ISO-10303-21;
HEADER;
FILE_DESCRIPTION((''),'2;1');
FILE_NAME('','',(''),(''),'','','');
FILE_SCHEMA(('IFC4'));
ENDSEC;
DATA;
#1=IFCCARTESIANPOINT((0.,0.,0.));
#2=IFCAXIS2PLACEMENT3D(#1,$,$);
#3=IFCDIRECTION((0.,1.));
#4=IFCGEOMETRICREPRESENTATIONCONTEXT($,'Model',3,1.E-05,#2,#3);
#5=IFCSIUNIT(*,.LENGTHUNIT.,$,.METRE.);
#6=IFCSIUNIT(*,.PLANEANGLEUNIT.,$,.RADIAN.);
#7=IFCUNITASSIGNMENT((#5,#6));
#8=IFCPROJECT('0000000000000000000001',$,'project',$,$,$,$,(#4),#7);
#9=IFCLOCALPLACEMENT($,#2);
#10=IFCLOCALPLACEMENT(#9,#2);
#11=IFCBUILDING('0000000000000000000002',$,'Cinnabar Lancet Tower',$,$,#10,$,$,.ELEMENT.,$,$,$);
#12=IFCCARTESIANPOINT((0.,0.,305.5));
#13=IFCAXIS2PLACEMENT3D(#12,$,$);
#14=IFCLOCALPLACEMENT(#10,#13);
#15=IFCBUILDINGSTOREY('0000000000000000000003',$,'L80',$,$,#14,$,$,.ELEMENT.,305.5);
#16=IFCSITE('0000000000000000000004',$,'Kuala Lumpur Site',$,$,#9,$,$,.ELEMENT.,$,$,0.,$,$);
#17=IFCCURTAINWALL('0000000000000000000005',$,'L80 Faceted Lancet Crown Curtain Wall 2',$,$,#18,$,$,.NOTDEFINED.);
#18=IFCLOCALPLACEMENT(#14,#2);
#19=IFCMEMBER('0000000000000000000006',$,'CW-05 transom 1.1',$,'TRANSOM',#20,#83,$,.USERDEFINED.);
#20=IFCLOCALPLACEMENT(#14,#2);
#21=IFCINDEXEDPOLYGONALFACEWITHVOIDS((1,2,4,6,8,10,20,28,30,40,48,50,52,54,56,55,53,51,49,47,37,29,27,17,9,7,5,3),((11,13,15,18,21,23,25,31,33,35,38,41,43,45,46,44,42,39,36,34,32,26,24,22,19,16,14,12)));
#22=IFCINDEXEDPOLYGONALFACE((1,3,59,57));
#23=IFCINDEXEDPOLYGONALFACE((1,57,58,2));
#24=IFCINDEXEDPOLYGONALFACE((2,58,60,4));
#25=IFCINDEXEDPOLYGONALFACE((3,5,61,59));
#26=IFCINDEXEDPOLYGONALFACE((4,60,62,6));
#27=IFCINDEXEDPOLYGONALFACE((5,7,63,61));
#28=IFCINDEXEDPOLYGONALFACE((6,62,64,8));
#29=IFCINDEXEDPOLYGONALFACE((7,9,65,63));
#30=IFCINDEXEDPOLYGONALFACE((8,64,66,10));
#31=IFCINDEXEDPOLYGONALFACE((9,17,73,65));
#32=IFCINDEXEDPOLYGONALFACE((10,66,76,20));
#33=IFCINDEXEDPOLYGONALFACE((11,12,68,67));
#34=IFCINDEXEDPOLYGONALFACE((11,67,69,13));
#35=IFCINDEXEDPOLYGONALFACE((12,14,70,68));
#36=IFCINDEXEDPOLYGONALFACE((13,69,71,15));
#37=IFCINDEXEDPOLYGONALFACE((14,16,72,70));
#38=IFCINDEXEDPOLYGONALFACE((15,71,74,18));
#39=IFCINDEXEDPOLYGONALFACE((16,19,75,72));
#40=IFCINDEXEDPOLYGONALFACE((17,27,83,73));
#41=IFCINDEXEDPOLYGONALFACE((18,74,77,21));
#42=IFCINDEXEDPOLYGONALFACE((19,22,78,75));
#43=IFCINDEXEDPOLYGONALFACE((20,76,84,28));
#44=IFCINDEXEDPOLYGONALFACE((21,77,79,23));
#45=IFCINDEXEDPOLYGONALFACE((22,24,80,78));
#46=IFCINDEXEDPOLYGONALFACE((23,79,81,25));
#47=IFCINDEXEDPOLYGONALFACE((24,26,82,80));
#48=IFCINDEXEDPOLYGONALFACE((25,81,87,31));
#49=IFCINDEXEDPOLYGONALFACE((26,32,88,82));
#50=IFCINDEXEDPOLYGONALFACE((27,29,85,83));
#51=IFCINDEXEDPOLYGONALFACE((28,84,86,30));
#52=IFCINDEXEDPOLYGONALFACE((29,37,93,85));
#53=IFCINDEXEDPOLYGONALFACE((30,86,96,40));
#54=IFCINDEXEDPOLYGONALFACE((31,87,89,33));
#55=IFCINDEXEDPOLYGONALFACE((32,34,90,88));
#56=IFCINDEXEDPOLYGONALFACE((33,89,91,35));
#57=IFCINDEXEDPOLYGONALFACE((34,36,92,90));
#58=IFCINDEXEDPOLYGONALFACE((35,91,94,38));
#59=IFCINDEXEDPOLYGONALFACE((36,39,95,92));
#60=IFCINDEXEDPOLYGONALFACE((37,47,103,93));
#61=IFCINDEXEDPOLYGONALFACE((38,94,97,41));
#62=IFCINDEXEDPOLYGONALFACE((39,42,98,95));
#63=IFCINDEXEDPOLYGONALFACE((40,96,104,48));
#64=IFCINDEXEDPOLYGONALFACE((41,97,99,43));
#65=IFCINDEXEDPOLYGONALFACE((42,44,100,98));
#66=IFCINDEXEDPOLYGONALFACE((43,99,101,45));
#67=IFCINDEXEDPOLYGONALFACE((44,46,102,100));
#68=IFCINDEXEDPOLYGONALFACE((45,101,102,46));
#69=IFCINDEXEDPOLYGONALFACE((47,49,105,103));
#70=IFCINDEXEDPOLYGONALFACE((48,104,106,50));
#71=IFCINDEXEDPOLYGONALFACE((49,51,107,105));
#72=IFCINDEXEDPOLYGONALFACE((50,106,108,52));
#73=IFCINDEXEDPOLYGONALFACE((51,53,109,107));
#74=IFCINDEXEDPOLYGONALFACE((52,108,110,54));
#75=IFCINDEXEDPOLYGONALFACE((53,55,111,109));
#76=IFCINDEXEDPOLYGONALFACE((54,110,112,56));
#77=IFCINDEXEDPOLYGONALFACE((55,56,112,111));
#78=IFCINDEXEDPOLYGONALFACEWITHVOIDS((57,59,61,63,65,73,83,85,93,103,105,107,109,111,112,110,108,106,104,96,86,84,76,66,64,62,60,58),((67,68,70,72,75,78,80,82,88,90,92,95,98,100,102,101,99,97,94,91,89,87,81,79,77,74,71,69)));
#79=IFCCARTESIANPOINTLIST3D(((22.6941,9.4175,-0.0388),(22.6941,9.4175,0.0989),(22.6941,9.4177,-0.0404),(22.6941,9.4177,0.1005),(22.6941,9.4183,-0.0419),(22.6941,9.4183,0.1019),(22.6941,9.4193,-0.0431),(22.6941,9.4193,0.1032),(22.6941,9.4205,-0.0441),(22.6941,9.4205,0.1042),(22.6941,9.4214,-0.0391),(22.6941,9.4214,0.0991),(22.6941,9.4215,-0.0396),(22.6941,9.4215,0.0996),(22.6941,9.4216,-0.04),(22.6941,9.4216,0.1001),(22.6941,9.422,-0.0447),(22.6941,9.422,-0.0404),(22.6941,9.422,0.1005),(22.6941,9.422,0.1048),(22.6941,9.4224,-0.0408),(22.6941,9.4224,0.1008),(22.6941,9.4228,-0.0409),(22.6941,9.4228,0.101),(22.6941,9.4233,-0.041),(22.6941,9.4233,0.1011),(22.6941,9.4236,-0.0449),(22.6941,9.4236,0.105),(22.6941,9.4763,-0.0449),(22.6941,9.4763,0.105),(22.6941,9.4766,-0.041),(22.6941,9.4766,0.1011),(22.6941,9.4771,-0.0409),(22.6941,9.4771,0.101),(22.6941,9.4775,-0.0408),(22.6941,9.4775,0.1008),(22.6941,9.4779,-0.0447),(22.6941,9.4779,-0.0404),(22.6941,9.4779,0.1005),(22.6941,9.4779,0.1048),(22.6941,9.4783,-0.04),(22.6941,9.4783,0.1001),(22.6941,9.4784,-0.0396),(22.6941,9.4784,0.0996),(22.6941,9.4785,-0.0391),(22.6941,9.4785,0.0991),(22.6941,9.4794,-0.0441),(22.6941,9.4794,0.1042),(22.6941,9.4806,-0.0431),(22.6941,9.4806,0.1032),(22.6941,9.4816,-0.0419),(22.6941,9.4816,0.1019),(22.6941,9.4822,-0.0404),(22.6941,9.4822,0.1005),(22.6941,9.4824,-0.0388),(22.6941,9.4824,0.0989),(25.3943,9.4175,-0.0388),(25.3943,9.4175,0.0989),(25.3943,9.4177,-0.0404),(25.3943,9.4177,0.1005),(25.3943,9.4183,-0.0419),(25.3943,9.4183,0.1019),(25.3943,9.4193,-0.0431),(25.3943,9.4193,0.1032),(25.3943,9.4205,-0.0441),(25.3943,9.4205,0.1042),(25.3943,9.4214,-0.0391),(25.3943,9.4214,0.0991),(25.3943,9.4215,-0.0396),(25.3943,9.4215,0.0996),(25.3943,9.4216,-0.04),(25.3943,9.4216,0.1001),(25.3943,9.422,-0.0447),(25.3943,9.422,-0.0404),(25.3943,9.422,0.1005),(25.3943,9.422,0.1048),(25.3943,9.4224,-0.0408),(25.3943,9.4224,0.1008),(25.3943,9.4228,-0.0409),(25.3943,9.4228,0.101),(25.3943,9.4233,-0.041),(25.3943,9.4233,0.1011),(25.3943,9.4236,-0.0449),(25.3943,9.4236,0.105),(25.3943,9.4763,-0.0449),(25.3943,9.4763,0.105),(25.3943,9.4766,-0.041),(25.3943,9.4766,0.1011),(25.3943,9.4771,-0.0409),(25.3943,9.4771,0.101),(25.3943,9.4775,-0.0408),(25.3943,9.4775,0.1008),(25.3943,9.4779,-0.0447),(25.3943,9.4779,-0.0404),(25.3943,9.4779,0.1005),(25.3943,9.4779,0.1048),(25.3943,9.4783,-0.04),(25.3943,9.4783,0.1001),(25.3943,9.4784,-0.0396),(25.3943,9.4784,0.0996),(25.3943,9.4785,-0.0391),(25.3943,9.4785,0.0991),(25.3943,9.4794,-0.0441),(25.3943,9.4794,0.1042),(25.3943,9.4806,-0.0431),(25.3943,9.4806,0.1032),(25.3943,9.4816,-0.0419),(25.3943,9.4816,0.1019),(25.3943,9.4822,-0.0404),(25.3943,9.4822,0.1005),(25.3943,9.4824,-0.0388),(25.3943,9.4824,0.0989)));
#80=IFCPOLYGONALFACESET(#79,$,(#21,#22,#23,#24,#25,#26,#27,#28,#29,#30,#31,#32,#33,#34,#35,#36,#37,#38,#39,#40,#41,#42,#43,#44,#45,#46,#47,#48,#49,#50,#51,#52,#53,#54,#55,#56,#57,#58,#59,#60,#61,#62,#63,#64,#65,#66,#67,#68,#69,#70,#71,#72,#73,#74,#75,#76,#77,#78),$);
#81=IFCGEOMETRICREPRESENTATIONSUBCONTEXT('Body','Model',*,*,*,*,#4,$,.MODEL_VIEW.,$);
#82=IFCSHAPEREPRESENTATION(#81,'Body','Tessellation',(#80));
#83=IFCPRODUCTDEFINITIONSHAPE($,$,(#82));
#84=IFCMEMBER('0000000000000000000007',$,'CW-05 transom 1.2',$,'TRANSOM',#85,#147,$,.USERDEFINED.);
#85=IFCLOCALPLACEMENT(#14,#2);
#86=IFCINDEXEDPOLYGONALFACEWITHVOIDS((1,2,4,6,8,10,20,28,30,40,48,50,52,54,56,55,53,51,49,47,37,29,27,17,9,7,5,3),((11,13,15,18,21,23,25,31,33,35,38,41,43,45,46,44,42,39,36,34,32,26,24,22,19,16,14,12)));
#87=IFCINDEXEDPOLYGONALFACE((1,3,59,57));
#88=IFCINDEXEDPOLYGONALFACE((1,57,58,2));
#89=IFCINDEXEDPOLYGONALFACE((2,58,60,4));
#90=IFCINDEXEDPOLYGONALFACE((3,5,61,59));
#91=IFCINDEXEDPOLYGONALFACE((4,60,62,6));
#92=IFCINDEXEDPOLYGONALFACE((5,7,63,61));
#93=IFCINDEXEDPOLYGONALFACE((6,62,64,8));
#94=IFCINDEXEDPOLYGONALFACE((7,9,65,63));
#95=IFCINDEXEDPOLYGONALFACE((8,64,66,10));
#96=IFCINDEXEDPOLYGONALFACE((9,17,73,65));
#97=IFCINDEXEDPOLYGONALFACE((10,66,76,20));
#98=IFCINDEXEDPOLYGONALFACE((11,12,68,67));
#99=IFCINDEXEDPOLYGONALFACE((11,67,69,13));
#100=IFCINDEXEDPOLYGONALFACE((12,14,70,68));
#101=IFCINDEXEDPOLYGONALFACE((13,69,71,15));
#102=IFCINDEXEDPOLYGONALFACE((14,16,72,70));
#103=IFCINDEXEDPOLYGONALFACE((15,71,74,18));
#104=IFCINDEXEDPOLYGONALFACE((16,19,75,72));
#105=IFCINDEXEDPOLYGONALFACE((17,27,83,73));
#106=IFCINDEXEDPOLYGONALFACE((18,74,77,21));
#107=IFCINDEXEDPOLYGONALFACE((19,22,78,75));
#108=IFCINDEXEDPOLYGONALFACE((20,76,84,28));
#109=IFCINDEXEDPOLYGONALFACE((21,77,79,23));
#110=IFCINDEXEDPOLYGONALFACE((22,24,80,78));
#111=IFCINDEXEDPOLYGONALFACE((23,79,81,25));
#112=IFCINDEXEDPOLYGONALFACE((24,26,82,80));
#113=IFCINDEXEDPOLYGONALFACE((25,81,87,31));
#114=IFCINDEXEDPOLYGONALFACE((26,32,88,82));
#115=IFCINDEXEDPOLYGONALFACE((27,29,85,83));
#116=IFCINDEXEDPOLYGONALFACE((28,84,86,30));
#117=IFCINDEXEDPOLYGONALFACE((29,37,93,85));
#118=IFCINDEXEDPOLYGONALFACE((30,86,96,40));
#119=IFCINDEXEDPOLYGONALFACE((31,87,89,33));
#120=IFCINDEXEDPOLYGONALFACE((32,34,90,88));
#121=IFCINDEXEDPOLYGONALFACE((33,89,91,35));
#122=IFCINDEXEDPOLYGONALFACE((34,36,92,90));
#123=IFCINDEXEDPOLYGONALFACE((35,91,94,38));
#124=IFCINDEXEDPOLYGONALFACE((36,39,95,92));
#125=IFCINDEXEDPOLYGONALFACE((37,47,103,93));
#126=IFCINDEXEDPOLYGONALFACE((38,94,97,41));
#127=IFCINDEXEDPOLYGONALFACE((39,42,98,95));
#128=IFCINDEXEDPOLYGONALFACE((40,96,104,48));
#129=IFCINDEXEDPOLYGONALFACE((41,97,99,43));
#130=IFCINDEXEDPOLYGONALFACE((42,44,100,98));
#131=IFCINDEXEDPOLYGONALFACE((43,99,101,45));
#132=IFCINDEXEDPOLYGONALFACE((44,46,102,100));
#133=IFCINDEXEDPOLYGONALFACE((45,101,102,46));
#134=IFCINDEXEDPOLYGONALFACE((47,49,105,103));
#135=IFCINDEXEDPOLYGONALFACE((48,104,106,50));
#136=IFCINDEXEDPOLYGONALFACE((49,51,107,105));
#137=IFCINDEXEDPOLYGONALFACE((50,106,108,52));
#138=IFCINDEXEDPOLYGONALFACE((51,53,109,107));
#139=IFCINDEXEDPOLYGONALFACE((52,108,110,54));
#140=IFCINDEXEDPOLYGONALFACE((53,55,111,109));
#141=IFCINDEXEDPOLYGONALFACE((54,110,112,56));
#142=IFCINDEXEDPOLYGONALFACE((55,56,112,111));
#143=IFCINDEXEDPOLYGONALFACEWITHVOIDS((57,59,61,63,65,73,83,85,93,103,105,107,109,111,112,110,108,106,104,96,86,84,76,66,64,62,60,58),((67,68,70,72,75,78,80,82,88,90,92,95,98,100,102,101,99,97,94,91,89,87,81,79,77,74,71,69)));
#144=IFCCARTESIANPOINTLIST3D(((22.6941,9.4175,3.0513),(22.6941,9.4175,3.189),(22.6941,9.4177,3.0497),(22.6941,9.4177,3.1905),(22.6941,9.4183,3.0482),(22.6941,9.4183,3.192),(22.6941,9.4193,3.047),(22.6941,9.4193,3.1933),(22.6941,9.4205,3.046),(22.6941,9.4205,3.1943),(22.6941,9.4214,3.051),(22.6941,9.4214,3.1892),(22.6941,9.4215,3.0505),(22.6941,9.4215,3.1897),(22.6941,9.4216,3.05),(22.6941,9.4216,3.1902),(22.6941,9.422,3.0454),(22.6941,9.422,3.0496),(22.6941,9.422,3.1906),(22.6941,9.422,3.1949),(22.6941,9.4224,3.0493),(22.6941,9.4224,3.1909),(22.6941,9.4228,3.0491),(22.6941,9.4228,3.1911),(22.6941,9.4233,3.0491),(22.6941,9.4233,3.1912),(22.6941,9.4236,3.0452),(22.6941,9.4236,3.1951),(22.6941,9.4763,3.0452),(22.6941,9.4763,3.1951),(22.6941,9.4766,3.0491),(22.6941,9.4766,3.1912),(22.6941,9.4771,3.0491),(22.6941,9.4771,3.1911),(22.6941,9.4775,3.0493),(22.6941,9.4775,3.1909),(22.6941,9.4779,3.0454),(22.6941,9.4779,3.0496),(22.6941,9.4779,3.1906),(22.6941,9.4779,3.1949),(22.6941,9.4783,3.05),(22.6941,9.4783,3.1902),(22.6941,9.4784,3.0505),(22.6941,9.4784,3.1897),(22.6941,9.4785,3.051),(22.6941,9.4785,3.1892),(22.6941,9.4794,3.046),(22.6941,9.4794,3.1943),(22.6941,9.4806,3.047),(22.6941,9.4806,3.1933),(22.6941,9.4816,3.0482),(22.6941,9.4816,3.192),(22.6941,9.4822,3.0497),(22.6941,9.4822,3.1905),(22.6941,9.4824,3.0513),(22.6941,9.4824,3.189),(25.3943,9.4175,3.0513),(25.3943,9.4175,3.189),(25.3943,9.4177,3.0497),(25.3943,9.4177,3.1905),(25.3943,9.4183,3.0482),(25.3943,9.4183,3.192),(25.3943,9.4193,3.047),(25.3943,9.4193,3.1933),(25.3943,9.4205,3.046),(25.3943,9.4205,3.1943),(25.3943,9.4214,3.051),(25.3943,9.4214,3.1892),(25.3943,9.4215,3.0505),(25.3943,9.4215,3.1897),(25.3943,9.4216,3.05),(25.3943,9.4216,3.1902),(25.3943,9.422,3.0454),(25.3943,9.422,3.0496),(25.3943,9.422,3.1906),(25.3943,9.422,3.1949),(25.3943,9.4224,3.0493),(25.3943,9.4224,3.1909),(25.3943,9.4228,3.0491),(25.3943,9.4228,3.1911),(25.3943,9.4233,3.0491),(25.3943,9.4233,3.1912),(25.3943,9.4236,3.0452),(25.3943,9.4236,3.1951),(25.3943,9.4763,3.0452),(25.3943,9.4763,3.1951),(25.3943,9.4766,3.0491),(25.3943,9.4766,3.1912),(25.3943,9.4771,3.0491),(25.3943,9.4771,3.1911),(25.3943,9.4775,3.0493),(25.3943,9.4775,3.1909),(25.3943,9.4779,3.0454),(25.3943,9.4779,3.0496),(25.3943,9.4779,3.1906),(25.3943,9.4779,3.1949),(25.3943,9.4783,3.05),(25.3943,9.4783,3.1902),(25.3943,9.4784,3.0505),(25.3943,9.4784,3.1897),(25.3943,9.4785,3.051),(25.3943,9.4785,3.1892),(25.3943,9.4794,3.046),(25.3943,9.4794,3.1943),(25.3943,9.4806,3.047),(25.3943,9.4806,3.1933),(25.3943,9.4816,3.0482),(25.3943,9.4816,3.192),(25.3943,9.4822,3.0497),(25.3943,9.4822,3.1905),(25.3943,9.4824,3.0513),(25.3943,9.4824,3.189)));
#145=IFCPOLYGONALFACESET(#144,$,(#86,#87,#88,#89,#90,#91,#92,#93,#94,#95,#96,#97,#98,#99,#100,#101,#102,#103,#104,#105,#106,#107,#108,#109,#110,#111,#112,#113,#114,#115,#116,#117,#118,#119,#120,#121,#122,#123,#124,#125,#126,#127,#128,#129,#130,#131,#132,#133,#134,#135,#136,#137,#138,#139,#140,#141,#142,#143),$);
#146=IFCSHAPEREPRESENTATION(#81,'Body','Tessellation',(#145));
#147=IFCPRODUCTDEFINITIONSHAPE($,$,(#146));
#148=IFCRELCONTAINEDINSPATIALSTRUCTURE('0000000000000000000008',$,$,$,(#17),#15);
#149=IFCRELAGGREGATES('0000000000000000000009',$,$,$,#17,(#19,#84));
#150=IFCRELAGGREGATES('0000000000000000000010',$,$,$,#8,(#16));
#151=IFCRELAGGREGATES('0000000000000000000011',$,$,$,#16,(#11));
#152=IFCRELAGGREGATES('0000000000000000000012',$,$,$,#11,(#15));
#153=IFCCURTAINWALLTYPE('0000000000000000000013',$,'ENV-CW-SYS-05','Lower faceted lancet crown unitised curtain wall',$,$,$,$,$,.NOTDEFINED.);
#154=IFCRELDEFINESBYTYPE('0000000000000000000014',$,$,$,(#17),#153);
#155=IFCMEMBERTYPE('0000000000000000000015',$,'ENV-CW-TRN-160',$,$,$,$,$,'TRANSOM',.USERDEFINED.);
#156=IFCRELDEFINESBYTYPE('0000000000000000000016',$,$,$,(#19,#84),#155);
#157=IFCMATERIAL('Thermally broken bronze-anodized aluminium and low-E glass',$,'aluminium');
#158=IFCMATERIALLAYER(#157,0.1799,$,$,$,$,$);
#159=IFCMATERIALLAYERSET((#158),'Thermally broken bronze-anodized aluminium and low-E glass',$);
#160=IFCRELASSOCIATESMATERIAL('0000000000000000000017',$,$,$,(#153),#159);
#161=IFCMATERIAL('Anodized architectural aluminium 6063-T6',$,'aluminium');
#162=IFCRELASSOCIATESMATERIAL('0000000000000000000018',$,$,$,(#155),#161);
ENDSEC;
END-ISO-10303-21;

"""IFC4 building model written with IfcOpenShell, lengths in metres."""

from ifc_helpers import new_model, si_unit, direction, frame, origin, origin_2d, place, context, subcontext, project, spatial, hollow_rectangle, extrude, material, layer, layer_set, material_profile, profile_set, type_object, element, aggregate, save


model = new_model("IFC4")

# Units and contexts
model_context = context("Model", 3, precision=1e-05, world=origin(), true_north=direction((0.0, 1.0)))
body_context = subcontext(model_context, "Body", "Model", "MODEL_VIEW")
ifc_project = project(units=[si_unit("LENGTHUNIT", "METRE"), si_unit("PLANEANGLEUNIT", "RADIAN")], contexts=[model_context])

# Site, building, storey
site_placement = place(None, origin())
site = spatial("IfcSite", under=ifc_project, at=site_placement, Name="Kuala Lumpur Site", CompositionType="ELEMENT", RefElevation=0.0)
building_placement = place(site_placement, origin())
building = spatial("IfcBuilding", under=site, at=building_placement, Name="Cinnabar Lancet Tower", CompositionType="ELEMENT")
storey_placement = place(building_placement, frame((0.0, 0.0, 305.5)))
storey = spatial("IfcBuildingStorey", under=building, at=storey_placement, Name="L80", CompositionType="ELEMENT", Elevation=305.5)

# Curtain wall, members
ifc_material_1 = material(Name="Thermally broken bronze-anodized aluminium and low-E glass", Category="aluminium")
ifc_layer_1 = layer(ifc_material_1, 0.1799)
ifc_layer_set_1 = layer_set([ifc_layer_1], Name="Thermally broken bronze-anodized aluminium and low-E glass")
curtain_wall_type = type_object("IfcCurtainWallType", Name="ENV-CW-SYS-05", Description="Lower faceted lancet crown unitised curtain wall", PredefinedType="NOTDEFINED", material=ifc_layer_set_1)
curtain_wall_placement = place(storey_placement, origin())
curtain_wall = element("IfcCurtainWall", 1, at=curtain_wall_placement, inside=storey, type_object=curtain_wall_type, Name="L80 Faceted Lancet Crown Curtain Wall 2", PredefinedType="NOTDEFINED")
ifc_material_2 = material(Name="Anodized architectural aluminium 6063-T6", Category="aluminium")
ifc_material_profile_1 = material_profile(ifc_material_2, hollow_rectangle(XDim=0.0649, YDim=0.1499, WallThickness=0.0039, InnerFilletRadius=0.002, OuterFilletRadius=0.0061, at=origin_2d()), Name="CW-TRN 150x65x4")
ifc_profile_set_1 = profile_set([ifc_material_profile_1], Name="Anodized architectural aluminium 6063-T6")
member_type_1 = type_object("IfcMemberType", Name="ENV-CW-TRN-160", ElementType="TRANSOM", PredefinedType="USERDEFINED", material=ifc_profile_set_1)
member_1_placement = place(storey_placement, frame((22.6941, 9.45, 0.03), z_axis=(1.0, 0.0, 0.0), x_axis=(0.0, 1.0, 0.0)))
member_1 = element("IfcMember", 2, at=member_1_placement, type_object=member_type_1, Name="CW-05 transom 1.1", ObjectType="TRANSOM", PredefinedType="USERDEFINED", context=body_context, shape_type="SweptSolid", body=[
    extrude(hollow_rectangle(XDim=0.0649, YDim=0.1499, WallThickness=0.0039, InnerFilletRadius=0.002, OuterFilletRadius=0.0061, at=origin_2d()), origin(), (0.0, 0.0, 1.0), 2.7002),
])
member_2_placement = place(storey_placement, frame((22.6941, 9.45, 3.1201), z_axis=(1.0, 0.0, 0.0), x_axis=(0.0, 1.0, 0.0)))
member_2 = element("IfcMember", 3, at=member_2_placement, type_object=member_type_1, Name="CW-05 transom 1.2", ObjectType="TRANSOM", PredefinedType="USERDEFINED", context=body_context, shape_type="SweptSolid", body=[
    extrude(hollow_rectangle(XDim=0.0649, YDim=0.1499, WallThickness=0.0039, InnerFilletRadius=0.002, OuterFilletRadius=0.0061, at=origin_2d()), origin(), (0.0, 0.0, 1.0), 2.7002),
])
aggregate(curtain_wall, [member_1, member_2])

save(model, "model.ifc")
